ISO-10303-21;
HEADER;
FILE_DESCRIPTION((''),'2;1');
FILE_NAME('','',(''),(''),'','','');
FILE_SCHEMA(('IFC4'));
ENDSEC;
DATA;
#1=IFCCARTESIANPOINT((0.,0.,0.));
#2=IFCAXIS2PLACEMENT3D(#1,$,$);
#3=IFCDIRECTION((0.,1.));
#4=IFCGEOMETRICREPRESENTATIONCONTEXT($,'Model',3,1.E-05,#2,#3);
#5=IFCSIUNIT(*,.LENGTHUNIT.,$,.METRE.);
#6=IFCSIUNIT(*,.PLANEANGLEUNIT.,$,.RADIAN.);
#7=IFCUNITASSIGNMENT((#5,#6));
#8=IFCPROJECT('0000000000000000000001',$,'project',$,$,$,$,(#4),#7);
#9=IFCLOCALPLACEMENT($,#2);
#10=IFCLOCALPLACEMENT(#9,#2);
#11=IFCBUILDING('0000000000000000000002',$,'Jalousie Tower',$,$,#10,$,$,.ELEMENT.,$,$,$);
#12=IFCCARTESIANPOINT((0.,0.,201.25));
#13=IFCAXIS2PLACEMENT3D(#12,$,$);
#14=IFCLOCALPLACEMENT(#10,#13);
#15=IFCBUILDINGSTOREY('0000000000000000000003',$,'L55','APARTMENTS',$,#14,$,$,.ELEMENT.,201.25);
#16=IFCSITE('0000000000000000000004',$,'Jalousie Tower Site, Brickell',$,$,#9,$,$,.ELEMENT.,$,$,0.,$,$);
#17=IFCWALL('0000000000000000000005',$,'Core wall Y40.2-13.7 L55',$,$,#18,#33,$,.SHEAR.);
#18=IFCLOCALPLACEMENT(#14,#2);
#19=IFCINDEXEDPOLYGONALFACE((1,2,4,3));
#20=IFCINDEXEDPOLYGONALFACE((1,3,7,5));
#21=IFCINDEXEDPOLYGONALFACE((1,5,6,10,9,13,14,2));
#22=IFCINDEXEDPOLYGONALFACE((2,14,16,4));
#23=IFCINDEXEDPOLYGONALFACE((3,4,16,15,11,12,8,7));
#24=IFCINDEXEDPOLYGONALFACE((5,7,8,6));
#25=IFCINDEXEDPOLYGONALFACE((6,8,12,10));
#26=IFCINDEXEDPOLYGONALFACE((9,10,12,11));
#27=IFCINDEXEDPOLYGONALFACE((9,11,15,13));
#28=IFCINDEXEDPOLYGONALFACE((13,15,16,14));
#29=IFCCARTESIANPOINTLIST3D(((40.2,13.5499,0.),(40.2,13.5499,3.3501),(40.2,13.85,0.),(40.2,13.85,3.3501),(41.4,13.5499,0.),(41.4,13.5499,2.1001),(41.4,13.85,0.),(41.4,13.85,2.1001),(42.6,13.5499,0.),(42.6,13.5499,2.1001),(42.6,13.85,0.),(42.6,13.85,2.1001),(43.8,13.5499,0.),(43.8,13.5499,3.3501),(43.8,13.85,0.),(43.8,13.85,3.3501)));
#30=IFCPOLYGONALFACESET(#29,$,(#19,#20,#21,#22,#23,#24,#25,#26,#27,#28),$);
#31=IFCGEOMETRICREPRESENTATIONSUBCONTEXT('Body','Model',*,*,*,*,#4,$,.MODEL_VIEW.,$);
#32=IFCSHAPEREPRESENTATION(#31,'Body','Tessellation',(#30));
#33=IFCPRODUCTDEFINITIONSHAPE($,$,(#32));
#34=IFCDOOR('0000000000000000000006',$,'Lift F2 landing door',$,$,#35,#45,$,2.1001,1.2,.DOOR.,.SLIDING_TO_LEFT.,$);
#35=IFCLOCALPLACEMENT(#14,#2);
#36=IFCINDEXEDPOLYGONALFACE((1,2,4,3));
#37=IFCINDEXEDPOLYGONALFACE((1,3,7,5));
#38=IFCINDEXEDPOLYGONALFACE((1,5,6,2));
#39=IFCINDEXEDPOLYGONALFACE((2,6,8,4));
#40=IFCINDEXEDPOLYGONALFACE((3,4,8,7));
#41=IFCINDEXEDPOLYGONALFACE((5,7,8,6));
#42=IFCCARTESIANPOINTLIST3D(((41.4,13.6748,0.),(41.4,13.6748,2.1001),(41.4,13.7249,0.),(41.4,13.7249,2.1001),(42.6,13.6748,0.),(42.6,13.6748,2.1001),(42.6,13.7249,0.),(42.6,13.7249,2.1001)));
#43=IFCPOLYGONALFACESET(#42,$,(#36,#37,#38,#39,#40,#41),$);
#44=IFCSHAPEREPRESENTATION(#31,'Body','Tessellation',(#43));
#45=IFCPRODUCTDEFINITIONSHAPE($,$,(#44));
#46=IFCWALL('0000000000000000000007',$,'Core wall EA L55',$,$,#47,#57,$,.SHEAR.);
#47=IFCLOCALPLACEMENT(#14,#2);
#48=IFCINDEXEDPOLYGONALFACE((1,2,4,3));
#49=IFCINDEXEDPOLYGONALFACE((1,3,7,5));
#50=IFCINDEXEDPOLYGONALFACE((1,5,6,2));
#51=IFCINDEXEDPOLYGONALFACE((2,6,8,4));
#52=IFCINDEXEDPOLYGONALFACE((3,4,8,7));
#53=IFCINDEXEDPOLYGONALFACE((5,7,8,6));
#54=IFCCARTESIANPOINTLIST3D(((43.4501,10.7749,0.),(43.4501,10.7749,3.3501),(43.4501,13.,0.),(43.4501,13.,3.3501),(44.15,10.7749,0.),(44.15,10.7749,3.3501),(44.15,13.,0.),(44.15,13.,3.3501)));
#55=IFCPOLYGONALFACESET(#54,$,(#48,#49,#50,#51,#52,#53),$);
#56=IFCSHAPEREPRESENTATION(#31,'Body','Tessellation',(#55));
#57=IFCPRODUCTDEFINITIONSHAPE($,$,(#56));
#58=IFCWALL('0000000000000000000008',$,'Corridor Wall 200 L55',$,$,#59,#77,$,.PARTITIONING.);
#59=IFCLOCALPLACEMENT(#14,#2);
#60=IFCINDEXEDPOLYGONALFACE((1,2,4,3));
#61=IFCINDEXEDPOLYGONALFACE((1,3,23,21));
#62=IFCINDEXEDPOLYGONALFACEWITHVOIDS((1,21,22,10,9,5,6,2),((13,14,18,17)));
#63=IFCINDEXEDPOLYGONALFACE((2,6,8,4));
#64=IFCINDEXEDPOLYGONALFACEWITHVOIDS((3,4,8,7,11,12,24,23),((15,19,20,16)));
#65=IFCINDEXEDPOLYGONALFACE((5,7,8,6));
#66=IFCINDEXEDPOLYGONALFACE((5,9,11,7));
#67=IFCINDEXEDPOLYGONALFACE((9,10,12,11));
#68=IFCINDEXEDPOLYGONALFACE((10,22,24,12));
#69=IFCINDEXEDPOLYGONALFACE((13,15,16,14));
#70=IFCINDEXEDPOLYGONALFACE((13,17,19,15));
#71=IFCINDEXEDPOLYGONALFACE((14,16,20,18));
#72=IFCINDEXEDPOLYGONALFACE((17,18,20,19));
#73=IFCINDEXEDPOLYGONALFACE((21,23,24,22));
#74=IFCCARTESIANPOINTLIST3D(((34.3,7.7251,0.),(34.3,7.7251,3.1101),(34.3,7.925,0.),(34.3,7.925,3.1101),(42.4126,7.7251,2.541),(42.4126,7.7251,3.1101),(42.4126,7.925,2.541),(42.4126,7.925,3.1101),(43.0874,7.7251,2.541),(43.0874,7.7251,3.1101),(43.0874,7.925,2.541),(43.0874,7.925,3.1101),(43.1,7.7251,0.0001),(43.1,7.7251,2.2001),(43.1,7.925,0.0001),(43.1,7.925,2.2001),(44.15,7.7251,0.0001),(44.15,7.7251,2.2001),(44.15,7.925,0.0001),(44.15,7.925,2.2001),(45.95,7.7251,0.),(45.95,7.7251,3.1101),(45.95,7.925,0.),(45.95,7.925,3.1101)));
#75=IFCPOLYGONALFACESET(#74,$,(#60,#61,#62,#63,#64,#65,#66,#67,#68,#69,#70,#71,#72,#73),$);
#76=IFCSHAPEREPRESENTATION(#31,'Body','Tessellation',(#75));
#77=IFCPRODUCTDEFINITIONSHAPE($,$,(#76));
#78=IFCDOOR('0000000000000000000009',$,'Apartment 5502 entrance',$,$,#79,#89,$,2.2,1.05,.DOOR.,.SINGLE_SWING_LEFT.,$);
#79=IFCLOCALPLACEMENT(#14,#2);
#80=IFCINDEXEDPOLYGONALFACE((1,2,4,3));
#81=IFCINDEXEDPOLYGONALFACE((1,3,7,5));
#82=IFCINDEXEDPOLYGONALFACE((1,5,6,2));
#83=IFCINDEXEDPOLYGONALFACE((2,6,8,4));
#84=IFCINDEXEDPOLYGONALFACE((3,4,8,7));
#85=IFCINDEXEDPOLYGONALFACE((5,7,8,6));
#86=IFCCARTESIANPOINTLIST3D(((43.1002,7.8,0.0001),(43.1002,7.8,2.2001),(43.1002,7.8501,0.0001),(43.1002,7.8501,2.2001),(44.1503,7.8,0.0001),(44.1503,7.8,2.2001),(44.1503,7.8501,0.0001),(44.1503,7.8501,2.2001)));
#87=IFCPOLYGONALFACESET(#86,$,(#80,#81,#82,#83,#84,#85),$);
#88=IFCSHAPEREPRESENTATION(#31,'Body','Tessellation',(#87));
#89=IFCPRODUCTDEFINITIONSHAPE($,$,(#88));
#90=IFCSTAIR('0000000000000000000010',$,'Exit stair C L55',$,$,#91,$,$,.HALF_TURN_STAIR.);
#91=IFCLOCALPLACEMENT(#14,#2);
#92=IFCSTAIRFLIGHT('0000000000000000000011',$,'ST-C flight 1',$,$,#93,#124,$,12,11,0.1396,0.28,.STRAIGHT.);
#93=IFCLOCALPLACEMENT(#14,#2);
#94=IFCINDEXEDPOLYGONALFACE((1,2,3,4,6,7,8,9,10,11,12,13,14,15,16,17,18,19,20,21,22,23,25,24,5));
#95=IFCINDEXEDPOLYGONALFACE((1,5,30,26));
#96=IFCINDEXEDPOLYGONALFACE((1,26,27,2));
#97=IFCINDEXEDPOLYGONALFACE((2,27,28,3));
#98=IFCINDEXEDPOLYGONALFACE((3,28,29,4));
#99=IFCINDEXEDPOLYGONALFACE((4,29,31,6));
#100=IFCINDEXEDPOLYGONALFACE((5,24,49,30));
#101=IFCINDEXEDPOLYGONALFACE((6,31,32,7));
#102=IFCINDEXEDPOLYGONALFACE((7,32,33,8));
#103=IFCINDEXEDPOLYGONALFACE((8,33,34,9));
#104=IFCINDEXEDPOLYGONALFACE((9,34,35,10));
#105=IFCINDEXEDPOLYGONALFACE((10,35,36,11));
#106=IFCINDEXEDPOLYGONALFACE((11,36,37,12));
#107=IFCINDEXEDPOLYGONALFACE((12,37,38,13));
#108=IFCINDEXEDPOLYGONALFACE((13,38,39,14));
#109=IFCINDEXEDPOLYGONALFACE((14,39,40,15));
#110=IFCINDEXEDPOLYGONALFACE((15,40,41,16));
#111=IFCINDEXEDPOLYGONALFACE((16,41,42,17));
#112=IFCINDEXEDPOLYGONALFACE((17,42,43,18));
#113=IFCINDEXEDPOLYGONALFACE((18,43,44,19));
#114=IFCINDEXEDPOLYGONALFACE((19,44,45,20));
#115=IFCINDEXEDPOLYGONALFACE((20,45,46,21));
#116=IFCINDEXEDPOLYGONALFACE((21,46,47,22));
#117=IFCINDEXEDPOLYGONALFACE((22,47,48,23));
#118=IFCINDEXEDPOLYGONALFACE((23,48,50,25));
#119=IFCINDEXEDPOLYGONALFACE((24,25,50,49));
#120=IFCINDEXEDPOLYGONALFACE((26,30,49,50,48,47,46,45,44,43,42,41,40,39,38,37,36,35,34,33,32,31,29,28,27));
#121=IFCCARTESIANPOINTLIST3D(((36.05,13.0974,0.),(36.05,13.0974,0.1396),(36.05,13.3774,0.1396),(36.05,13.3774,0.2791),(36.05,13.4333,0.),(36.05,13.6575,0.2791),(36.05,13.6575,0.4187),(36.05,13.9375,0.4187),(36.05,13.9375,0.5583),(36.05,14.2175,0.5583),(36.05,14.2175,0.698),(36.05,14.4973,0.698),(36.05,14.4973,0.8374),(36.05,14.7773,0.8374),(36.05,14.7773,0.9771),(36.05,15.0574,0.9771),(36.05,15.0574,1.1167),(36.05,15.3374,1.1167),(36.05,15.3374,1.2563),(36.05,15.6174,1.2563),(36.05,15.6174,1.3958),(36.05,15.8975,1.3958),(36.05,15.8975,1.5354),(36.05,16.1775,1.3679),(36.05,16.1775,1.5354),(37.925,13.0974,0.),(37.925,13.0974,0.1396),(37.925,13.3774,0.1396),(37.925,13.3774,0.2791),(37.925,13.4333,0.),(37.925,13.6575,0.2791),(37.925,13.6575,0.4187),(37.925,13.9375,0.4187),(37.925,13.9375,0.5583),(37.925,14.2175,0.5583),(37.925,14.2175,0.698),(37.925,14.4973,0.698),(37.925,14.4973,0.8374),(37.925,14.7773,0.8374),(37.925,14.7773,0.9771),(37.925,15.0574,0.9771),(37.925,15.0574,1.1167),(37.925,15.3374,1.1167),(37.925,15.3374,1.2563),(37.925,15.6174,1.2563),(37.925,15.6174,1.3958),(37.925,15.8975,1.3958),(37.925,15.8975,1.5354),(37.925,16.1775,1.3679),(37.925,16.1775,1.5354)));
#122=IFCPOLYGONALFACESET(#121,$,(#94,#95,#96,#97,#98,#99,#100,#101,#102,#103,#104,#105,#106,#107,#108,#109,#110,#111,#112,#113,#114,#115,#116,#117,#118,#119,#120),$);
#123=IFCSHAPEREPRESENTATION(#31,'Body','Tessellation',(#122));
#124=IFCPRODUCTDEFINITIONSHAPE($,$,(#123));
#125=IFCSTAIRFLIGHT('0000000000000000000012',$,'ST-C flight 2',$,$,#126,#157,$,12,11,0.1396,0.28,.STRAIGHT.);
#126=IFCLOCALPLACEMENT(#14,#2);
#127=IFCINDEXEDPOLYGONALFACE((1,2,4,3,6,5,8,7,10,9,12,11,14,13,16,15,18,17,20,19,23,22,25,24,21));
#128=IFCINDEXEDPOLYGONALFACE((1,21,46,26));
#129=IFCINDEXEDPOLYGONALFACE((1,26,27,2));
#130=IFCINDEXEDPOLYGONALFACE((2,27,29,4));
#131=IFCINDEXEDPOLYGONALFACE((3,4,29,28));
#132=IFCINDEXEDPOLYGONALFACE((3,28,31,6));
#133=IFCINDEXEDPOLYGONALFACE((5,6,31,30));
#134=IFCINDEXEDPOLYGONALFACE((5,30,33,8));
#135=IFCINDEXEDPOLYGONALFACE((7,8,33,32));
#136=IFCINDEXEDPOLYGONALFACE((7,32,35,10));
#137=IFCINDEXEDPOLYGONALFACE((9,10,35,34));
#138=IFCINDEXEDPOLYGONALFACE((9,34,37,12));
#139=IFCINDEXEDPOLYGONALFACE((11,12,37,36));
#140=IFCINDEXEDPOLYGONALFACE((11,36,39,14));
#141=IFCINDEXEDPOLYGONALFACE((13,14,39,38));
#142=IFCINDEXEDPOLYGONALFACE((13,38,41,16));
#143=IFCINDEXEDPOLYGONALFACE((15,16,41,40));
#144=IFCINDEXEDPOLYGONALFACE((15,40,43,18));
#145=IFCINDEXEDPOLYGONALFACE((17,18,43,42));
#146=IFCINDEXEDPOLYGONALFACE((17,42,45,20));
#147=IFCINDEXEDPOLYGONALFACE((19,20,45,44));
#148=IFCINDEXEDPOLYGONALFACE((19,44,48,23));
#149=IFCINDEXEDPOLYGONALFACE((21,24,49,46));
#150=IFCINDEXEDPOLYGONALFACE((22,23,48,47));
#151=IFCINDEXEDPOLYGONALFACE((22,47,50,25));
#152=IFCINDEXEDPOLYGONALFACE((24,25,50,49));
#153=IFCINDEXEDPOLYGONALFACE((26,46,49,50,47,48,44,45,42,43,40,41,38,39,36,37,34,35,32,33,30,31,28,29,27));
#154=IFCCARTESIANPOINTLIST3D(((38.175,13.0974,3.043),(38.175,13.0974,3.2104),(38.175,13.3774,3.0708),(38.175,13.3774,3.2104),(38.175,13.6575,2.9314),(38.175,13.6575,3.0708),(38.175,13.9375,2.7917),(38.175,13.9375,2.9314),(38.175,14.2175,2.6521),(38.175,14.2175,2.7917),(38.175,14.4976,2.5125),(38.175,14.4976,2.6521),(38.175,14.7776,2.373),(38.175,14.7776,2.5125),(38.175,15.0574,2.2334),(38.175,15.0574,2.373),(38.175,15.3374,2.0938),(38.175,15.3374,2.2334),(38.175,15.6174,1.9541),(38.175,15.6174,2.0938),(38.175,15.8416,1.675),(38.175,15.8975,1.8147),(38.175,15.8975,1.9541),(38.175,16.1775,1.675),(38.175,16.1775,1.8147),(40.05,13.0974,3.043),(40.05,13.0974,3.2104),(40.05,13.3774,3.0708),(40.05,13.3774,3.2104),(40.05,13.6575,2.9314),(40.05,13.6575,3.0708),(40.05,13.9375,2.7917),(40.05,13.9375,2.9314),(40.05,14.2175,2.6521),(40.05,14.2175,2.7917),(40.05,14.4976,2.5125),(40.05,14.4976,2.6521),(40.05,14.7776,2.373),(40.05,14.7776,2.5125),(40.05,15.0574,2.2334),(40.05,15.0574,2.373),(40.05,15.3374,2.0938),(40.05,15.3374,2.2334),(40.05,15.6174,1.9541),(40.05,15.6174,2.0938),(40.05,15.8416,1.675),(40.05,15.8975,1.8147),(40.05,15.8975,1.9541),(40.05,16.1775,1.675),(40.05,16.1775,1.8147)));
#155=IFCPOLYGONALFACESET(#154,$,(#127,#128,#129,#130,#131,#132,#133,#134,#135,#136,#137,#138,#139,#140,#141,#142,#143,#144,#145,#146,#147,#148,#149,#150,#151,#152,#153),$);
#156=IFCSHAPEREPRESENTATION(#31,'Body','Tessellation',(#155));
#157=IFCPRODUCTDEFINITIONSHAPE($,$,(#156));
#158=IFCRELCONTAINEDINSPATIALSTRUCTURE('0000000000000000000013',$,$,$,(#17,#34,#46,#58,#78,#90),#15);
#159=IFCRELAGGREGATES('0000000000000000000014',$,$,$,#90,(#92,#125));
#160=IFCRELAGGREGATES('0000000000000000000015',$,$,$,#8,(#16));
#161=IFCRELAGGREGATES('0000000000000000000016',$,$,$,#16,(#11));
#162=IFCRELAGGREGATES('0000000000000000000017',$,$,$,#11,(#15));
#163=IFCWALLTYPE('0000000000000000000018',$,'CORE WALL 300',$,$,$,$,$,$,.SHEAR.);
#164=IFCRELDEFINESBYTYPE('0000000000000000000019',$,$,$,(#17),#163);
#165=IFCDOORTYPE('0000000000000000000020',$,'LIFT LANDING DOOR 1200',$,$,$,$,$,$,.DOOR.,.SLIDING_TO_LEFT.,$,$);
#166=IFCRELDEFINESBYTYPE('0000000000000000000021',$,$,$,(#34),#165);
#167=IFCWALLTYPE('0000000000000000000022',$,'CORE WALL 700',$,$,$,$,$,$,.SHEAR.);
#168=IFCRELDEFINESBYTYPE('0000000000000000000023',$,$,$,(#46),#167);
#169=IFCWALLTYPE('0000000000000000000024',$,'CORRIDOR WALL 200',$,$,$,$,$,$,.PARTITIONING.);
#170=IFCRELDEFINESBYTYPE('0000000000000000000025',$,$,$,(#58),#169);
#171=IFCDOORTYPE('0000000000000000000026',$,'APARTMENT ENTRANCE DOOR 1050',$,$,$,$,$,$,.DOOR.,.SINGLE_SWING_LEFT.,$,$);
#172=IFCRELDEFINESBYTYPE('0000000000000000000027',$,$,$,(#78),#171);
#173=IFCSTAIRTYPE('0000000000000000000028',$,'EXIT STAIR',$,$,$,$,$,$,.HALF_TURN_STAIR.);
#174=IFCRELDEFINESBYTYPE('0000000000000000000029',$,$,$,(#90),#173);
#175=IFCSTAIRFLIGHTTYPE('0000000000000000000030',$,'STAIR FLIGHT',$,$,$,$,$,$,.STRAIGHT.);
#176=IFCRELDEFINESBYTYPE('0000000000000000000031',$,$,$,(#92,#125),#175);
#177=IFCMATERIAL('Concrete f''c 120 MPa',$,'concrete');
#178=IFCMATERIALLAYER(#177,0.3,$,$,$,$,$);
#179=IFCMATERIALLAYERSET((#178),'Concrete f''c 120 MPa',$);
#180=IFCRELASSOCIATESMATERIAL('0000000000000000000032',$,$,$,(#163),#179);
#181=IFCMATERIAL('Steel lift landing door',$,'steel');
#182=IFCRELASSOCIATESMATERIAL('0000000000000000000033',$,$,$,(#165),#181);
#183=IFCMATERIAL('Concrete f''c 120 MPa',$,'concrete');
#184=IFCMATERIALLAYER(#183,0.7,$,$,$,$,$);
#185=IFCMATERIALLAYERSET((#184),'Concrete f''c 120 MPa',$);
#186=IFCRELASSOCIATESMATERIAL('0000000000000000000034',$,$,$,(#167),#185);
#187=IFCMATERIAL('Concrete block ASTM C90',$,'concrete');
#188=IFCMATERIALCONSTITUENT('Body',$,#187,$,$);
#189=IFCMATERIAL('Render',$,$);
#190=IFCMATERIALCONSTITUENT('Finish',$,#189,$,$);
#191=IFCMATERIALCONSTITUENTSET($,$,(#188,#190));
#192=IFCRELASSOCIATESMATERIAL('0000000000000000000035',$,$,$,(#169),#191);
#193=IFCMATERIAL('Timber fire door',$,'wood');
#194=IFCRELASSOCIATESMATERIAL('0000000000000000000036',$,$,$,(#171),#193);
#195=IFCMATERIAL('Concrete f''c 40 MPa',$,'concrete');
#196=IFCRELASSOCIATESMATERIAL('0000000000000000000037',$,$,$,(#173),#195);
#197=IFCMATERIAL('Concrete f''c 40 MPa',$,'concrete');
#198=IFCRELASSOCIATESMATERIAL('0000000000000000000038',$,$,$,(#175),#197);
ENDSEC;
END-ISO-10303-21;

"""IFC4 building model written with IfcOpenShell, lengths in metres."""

from ifc_helpers import new_model, si_unit, direction, frame, frame_2d, origin, place, context, subcontext, project, spatial, polyline, rectangle, outline, extrude, material, layer, layer_set, constituent, constituent_set, type_object, element, fill, aggregate, save


model = new_model("IFC4")

# Units and contexts
model_context = context("Model", 3, precision=1e-05, world=origin(), true_north=direction((0.0, 1.0)))
body_context = subcontext(model_context, "Body", "Model", "MODEL_VIEW")
ifc_project = project(units=[si_unit("LENGTHUNIT", "METRE"), si_unit("PLANEANGLEUNIT", "RADIAN")], contexts=[model_context])

# Site, building, storey
site_placement = place(None, origin())
site = spatial("IfcSite", under=ifc_project, at=site_placement, Name="Jalousie Tower Site, Brickell", CompositionType="ELEMENT", RefElevation=0.0)
building_placement = place(site_placement, origin())
building = spatial("IfcBuilding", under=site, at=building_placement, Name="Jalousie Tower", CompositionType="ELEMENT")
storey_placement = place(building_placement, frame((0.0, 0.0, 201.25)))
storey = spatial("IfcBuildingStorey", under=building, at=storey_placement, Name="L55", Description="APARTMENTS", CompositionType="ELEMENT", Elevation=201.25)

# Shared definitions
ifc_material_1 = material(Name="Concrete f'c 120 MPa", Category="concrete")
ifc_layer_1 = layer(ifc_material_1, 0.3)
ifc_layer_set_1 = layer_set([ifc_layer_1], Name="Concrete f'c 120 MPa")
wall_type_1 = type_object("IfcWallType", Name="CORE WALL 300", PredefinedType="SHEAR", material=ifc_layer_set_1)

# Wall, opening, door
wall_1_placement = place(storey_placement, frame((40.2, 13.7, 0.0), z_axis=(0.0, 0.0, 1.0), x_axis=(1.0, 0.0, 0.0)))
wall_1 = element("IfcWall", 1, at=wall_1_placement, inside=storey, type_object=wall_type_1, Name="Core wall Y40.2-13.7 L55", PredefinedType="SHEAR", context=body_context, shape_type="SweptSolid", body=[
    extrude(rectangle(XDim=3.6001, YDim=0.3, at=frame_2d((1.8, 0.0))), origin(), (0.0, 0.0, 1.0), 3.3501),
])
opening_1_placement = place(wall_1_placement, frame((1.2, 0.0, 0.0)))
opening_1 = element("IfcOpeningElement", 2, at=opening_1_placement, cuts=wall_1, PredefinedType="OPENING", context=body_context, shape_type="SweptSolid", body=[
    extrude(rectangle(XDim=1.2, YDim=2.1001, at=frame_2d((0.6001, 1.05))), frame((0.0, 0.1599, 0.0), z_axis=(0.0, -1.0, 0.0), x_axis=(1.0, 0.0, 0.0)), (0.0, 0.0, 1.0), 0.3201),
])
ifc_material_2 = material(Name="Steel lift landing door", Category="steel")
door_type_1 = type_object("IfcDoorType", Name="LIFT LANDING DOOR 1200", OperationType="SLIDING_TO_LEFT", PredefinedType="DOOR", material=ifc_material_2)
door_1_placement = place(opening_1_placement, origin())
door_1 = element("IfcDoor", 3, at=door_1_placement, inside=storey, type_object=door_type_1, Name="Lift F2 landing door", OperationType="SLIDING_TO_LEFT", OverallHeight=2.1001, OverallWidth=1.2, PredefinedType="DOOR", context=body_context, shape_type="SweptSolid", body=[
    extrude(rectangle(XDim=1.2, YDim=2.1001, at=frame_2d((0.6001, 1.05))), frame((0.0, 0.0249, 0.0), z_axis=(0.0, -1.0, 0.0), x_axis=(1.0, 0.0, 0.0)), (0.0, 0.0, 1.0), 0.05),
])
fill(opening_1, door_1)

# Wall
ifc_material_3 = material(Name="Concrete f'c 120 MPa", Category="concrete")
ifc_layer_2 = layer(ifc_material_3, 0.7)
ifc_layer_set_2 = layer_set([ifc_layer_2], Name="Concrete f'c 120 MPa")
wall_type_2 = type_object("IfcWallType", Name="CORE WALL 700", PredefinedType="SHEAR", material=ifc_layer_set_2)
wall_2_placement = place(storey_placement, frame((43.8, 10.7749, 0.0), z_axis=(0.0, 0.0, 1.0), x_axis=(0.0, 1.0, 0.0)))
element("IfcWall", 4, at=wall_2_placement, inside=storey, type_object=wall_type_2, Name="Core wall EA L55", PredefinedType="SHEAR", context=body_context, shape_type="SweptSolid", body=[
    extrude(rectangle(XDim=2.2251, YDim=0.7, at=frame_2d((1.1125, 0.0))), origin(), (0.0, 0.0, 1.0), 3.3501),
])

# Wall, opening, door
ifc_material_4 = material(Name="Concrete block ASTM C90", Category="concrete")
ifc_constituent_1 = constituent(ifc_material_4, Name="Body")
ifc_material_5 = material(Name="Render")
ifc_constituent_2 = constituent(ifc_material_5, Name="Finish")
ifc_constituent_set_1 = constituent_set(constituents=[ifc_constituent_1, ifc_constituent_2])
wall_type_3 = type_object("IfcWallType", Name="CORRIDOR WALL 200", PredefinedType="PARTITIONING", material=ifc_constituent_set_1)
wall_3_placement = place(storey_placement, frame((34.3, 7.825, 0.0), z_axis=(0.0, 0.0, 1.0), x_axis=(1.0, 0.0, 0.0)))
wall_3 = element("IfcWall", 5, at=wall_3_placement, inside=storey, type_object=wall_type_3, Name="Corridor Wall 200 L55", PredefinedType="PARTITIONING", context=body_context, shape_type="SweptSolid", body=[
    extrude(outline(polyline([(0.0, 0.0), (11.6499, 0.0), (11.6499, 3.1101), (8.7874, 3.1101), (8.7874, 2.541), (8.1125, 2.541), (8.1125, 3.1101), (0.0, 3.1101), (0.0, 0.0)])), frame((0.0, 0.1001, 0.0), z_axis=(0.0, -1.0, 0.0), x_axis=(1.0, 0.0, 0.0)), (0.0, 0.0, 1.0), 0.2),
])
opening_2_placement = place(wall_3_placement, frame((8.8, 0.0, 0.0)))
opening_2 = element("IfcOpeningElement", 6, at=opening_2_placement, cuts=wall_3, PredefinedType="OPENING", context=body_context, shape_type="SweptSolid", body=[
    extrude(rectangle(XDim=1.05, YDim=2.2, at=frame_2d((0.5249, 1.1001))), frame((0.0, 0.1099, 0.0), z_axis=(0.0, -1.0, 0.0), x_axis=(1.0, 0.0, 0.0)), (0.0, 0.0, 1.0), 0.22),
])
ifc_material_6 = material(Name="Timber fire door", Category="wood")
door_type_2 = type_object("IfcDoorType", Name="APARTMENT ENTRANCE DOOR 1050", OperationType="SINGLE_SWING_LEFT", PredefinedType="DOOR", material=ifc_material_6)
door_2_placement = place(opening_2_placement, frame((1.05, 0.0, 0.0), z_axis=(0.0, 0.0, 1.0), x_axis=(-1.0, 0.0, 0.0)))
door_2 = element("IfcDoor", 7, at=door_2_placement, inside=storey, type_object=door_type_2, Name="Apartment 5502 entrance", OperationType="SINGLE_SWING_LEFT", OverallHeight=2.2, OverallWidth=1.05, PredefinedType="DOOR", context=body_context, shape_type="SweptSolid", body=[
    extrude(rectangle(XDim=1.05, YDim=2.2, at=frame_2d((0.5249, 1.1001))), frame((0.0, 0.0249, 0.0), z_axis=(0.0, -1.0, 0.0), x_axis=(1.0, 0.0, 0.0)), (0.0, 0.0, 1.0), 0.05),
])
fill(opening_2, door_2)

# Stair, stair flights
ifc_material_7 = material(Name="Concrete f'c 40 MPa", Category="concrete")
stair_type = type_object("IfcStairType", Name="EXIT STAIR", PredefinedType="HALF_TURN_STAIR", material=ifc_material_7)
stair_placement = place(storey_placement, origin())
stair = element("IfcStair", 8, at=stair_placement, inside=storey, type_object=stair_type, Name="Exit stair C L55", PredefinedType="HALF_TURN_STAIR")
ifc_material_8 = material(Name="Concrete f'c 40 MPa", Category="concrete")
stair_flight_type = type_object("IfcStairFlightType", Name="STAIR FLIGHT", PredefinedType="STRAIGHT", material=ifc_material_8)
stair_flight_1_placement = place(storey_placement, frame((36.9875, 13.0974, 0.0), z_axis=(0.0, 0.0, 1.0), x_axis=(0.0, 1.0, 0.0)))
stair_flight_1 = element("IfcStairFlight", 9, at=stair_flight_1_placement, type_object=stair_flight_type, Name="ST-C flight 1", NumberOfRisers=12, NumberOfTreads=11, PredefinedType="STRAIGHT", RiserHeight=0.1396, TreadLength=0.28, context=body_context, shape_type="SweptSolid", body=[
    extrude(outline(polyline([(0.0, 0.0), (0.0, 0.1396), (0.28, 0.1396), (0.28, 0.2791), (0.5601, 0.2791), (0.5601, 0.4187), (0.8401, 0.4187), (0.8401, 0.5583), (1.1201, 0.5583), (1.1201, 0.698), (1.3999, 0.698), (1.3999, 0.8374), (1.6799, 0.8374), (1.6799, 0.9771), (1.96, 0.9771), (1.96, 1.1167), (2.24, 1.1167), (2.24, 1.2563), (2.52, 1.2563), (2.52, 1.3958), (2.8, 1.3958), (2.8, 1.5354), (3.0801, 1.5354), (3.0801, 1.675), (3.0801, 1.3679), (0.3359, 0.0), (0.0, 0.0)])), frame((0.0, 0.9375, 0.0), z_axis=(0.0, -1.0, 0.0), x_axis=(1.0, 0.0, 0.0)), (0.0, 0.0, 1.0), 1.875),
])
stair_flight_2_placement = place(storey_placement, frame((39.1125, 16.1775, 1.675), z_axis=(0.0, 0.0, 1.0), x_axis=(0.0, -1.0, 0.0)))
stair_flight_2 = element("IfcStairFlight", 10, at=stair_flight_2_placement, type_object=stair_flight_type, Name="ST-C flight 2", NumberOfRisers=12, NumberOfTreads=11, PredefinedType="STRAIGHT", RiserHeight=0.1396, TreadLength=0.28, context=body_context, shape_type="SweptSolid", body=[
    extrude(outline(polyline([(0.0, 0.0), (0.0, 0.1396), (0.28, 0.1396), (0.28, 0.2791), (0.5601, 0.2791), (0.5601, 0.4187), (0.8401, 0.4187), (0.8401, 0.5583), (1.1201, 0.5583), (1.1201, 0.698), (1.3999, 0.698), (1.3999, 0.8374), (1.6799, 0.8374), (1.6799, 0.9771), (1.96, 0.9771), (1.96, 1.1167), (2.24, 1.1167), (2.24, 1.2563), (2.52, 1.2563), (2.52, 1.3958), (2.8, 1.3958), (2.8, 1.5354), (3.0801, 1.5354), (3.0801, 1.675), (3.0801, 1.3679), (0.3359, 0.0), (0.0, 0.0)])), frame((0.0, 0.9375, 0.0), z_axis=(0.0, -1.0, 0.0), x_axis=(1.0, 0.0, 0.0)), (0.0, 0.0, 1.0), 1.875),
])
aggregate(stair, [stair_flight_1, stair_flight_2])

save(model, "model.ifc")
